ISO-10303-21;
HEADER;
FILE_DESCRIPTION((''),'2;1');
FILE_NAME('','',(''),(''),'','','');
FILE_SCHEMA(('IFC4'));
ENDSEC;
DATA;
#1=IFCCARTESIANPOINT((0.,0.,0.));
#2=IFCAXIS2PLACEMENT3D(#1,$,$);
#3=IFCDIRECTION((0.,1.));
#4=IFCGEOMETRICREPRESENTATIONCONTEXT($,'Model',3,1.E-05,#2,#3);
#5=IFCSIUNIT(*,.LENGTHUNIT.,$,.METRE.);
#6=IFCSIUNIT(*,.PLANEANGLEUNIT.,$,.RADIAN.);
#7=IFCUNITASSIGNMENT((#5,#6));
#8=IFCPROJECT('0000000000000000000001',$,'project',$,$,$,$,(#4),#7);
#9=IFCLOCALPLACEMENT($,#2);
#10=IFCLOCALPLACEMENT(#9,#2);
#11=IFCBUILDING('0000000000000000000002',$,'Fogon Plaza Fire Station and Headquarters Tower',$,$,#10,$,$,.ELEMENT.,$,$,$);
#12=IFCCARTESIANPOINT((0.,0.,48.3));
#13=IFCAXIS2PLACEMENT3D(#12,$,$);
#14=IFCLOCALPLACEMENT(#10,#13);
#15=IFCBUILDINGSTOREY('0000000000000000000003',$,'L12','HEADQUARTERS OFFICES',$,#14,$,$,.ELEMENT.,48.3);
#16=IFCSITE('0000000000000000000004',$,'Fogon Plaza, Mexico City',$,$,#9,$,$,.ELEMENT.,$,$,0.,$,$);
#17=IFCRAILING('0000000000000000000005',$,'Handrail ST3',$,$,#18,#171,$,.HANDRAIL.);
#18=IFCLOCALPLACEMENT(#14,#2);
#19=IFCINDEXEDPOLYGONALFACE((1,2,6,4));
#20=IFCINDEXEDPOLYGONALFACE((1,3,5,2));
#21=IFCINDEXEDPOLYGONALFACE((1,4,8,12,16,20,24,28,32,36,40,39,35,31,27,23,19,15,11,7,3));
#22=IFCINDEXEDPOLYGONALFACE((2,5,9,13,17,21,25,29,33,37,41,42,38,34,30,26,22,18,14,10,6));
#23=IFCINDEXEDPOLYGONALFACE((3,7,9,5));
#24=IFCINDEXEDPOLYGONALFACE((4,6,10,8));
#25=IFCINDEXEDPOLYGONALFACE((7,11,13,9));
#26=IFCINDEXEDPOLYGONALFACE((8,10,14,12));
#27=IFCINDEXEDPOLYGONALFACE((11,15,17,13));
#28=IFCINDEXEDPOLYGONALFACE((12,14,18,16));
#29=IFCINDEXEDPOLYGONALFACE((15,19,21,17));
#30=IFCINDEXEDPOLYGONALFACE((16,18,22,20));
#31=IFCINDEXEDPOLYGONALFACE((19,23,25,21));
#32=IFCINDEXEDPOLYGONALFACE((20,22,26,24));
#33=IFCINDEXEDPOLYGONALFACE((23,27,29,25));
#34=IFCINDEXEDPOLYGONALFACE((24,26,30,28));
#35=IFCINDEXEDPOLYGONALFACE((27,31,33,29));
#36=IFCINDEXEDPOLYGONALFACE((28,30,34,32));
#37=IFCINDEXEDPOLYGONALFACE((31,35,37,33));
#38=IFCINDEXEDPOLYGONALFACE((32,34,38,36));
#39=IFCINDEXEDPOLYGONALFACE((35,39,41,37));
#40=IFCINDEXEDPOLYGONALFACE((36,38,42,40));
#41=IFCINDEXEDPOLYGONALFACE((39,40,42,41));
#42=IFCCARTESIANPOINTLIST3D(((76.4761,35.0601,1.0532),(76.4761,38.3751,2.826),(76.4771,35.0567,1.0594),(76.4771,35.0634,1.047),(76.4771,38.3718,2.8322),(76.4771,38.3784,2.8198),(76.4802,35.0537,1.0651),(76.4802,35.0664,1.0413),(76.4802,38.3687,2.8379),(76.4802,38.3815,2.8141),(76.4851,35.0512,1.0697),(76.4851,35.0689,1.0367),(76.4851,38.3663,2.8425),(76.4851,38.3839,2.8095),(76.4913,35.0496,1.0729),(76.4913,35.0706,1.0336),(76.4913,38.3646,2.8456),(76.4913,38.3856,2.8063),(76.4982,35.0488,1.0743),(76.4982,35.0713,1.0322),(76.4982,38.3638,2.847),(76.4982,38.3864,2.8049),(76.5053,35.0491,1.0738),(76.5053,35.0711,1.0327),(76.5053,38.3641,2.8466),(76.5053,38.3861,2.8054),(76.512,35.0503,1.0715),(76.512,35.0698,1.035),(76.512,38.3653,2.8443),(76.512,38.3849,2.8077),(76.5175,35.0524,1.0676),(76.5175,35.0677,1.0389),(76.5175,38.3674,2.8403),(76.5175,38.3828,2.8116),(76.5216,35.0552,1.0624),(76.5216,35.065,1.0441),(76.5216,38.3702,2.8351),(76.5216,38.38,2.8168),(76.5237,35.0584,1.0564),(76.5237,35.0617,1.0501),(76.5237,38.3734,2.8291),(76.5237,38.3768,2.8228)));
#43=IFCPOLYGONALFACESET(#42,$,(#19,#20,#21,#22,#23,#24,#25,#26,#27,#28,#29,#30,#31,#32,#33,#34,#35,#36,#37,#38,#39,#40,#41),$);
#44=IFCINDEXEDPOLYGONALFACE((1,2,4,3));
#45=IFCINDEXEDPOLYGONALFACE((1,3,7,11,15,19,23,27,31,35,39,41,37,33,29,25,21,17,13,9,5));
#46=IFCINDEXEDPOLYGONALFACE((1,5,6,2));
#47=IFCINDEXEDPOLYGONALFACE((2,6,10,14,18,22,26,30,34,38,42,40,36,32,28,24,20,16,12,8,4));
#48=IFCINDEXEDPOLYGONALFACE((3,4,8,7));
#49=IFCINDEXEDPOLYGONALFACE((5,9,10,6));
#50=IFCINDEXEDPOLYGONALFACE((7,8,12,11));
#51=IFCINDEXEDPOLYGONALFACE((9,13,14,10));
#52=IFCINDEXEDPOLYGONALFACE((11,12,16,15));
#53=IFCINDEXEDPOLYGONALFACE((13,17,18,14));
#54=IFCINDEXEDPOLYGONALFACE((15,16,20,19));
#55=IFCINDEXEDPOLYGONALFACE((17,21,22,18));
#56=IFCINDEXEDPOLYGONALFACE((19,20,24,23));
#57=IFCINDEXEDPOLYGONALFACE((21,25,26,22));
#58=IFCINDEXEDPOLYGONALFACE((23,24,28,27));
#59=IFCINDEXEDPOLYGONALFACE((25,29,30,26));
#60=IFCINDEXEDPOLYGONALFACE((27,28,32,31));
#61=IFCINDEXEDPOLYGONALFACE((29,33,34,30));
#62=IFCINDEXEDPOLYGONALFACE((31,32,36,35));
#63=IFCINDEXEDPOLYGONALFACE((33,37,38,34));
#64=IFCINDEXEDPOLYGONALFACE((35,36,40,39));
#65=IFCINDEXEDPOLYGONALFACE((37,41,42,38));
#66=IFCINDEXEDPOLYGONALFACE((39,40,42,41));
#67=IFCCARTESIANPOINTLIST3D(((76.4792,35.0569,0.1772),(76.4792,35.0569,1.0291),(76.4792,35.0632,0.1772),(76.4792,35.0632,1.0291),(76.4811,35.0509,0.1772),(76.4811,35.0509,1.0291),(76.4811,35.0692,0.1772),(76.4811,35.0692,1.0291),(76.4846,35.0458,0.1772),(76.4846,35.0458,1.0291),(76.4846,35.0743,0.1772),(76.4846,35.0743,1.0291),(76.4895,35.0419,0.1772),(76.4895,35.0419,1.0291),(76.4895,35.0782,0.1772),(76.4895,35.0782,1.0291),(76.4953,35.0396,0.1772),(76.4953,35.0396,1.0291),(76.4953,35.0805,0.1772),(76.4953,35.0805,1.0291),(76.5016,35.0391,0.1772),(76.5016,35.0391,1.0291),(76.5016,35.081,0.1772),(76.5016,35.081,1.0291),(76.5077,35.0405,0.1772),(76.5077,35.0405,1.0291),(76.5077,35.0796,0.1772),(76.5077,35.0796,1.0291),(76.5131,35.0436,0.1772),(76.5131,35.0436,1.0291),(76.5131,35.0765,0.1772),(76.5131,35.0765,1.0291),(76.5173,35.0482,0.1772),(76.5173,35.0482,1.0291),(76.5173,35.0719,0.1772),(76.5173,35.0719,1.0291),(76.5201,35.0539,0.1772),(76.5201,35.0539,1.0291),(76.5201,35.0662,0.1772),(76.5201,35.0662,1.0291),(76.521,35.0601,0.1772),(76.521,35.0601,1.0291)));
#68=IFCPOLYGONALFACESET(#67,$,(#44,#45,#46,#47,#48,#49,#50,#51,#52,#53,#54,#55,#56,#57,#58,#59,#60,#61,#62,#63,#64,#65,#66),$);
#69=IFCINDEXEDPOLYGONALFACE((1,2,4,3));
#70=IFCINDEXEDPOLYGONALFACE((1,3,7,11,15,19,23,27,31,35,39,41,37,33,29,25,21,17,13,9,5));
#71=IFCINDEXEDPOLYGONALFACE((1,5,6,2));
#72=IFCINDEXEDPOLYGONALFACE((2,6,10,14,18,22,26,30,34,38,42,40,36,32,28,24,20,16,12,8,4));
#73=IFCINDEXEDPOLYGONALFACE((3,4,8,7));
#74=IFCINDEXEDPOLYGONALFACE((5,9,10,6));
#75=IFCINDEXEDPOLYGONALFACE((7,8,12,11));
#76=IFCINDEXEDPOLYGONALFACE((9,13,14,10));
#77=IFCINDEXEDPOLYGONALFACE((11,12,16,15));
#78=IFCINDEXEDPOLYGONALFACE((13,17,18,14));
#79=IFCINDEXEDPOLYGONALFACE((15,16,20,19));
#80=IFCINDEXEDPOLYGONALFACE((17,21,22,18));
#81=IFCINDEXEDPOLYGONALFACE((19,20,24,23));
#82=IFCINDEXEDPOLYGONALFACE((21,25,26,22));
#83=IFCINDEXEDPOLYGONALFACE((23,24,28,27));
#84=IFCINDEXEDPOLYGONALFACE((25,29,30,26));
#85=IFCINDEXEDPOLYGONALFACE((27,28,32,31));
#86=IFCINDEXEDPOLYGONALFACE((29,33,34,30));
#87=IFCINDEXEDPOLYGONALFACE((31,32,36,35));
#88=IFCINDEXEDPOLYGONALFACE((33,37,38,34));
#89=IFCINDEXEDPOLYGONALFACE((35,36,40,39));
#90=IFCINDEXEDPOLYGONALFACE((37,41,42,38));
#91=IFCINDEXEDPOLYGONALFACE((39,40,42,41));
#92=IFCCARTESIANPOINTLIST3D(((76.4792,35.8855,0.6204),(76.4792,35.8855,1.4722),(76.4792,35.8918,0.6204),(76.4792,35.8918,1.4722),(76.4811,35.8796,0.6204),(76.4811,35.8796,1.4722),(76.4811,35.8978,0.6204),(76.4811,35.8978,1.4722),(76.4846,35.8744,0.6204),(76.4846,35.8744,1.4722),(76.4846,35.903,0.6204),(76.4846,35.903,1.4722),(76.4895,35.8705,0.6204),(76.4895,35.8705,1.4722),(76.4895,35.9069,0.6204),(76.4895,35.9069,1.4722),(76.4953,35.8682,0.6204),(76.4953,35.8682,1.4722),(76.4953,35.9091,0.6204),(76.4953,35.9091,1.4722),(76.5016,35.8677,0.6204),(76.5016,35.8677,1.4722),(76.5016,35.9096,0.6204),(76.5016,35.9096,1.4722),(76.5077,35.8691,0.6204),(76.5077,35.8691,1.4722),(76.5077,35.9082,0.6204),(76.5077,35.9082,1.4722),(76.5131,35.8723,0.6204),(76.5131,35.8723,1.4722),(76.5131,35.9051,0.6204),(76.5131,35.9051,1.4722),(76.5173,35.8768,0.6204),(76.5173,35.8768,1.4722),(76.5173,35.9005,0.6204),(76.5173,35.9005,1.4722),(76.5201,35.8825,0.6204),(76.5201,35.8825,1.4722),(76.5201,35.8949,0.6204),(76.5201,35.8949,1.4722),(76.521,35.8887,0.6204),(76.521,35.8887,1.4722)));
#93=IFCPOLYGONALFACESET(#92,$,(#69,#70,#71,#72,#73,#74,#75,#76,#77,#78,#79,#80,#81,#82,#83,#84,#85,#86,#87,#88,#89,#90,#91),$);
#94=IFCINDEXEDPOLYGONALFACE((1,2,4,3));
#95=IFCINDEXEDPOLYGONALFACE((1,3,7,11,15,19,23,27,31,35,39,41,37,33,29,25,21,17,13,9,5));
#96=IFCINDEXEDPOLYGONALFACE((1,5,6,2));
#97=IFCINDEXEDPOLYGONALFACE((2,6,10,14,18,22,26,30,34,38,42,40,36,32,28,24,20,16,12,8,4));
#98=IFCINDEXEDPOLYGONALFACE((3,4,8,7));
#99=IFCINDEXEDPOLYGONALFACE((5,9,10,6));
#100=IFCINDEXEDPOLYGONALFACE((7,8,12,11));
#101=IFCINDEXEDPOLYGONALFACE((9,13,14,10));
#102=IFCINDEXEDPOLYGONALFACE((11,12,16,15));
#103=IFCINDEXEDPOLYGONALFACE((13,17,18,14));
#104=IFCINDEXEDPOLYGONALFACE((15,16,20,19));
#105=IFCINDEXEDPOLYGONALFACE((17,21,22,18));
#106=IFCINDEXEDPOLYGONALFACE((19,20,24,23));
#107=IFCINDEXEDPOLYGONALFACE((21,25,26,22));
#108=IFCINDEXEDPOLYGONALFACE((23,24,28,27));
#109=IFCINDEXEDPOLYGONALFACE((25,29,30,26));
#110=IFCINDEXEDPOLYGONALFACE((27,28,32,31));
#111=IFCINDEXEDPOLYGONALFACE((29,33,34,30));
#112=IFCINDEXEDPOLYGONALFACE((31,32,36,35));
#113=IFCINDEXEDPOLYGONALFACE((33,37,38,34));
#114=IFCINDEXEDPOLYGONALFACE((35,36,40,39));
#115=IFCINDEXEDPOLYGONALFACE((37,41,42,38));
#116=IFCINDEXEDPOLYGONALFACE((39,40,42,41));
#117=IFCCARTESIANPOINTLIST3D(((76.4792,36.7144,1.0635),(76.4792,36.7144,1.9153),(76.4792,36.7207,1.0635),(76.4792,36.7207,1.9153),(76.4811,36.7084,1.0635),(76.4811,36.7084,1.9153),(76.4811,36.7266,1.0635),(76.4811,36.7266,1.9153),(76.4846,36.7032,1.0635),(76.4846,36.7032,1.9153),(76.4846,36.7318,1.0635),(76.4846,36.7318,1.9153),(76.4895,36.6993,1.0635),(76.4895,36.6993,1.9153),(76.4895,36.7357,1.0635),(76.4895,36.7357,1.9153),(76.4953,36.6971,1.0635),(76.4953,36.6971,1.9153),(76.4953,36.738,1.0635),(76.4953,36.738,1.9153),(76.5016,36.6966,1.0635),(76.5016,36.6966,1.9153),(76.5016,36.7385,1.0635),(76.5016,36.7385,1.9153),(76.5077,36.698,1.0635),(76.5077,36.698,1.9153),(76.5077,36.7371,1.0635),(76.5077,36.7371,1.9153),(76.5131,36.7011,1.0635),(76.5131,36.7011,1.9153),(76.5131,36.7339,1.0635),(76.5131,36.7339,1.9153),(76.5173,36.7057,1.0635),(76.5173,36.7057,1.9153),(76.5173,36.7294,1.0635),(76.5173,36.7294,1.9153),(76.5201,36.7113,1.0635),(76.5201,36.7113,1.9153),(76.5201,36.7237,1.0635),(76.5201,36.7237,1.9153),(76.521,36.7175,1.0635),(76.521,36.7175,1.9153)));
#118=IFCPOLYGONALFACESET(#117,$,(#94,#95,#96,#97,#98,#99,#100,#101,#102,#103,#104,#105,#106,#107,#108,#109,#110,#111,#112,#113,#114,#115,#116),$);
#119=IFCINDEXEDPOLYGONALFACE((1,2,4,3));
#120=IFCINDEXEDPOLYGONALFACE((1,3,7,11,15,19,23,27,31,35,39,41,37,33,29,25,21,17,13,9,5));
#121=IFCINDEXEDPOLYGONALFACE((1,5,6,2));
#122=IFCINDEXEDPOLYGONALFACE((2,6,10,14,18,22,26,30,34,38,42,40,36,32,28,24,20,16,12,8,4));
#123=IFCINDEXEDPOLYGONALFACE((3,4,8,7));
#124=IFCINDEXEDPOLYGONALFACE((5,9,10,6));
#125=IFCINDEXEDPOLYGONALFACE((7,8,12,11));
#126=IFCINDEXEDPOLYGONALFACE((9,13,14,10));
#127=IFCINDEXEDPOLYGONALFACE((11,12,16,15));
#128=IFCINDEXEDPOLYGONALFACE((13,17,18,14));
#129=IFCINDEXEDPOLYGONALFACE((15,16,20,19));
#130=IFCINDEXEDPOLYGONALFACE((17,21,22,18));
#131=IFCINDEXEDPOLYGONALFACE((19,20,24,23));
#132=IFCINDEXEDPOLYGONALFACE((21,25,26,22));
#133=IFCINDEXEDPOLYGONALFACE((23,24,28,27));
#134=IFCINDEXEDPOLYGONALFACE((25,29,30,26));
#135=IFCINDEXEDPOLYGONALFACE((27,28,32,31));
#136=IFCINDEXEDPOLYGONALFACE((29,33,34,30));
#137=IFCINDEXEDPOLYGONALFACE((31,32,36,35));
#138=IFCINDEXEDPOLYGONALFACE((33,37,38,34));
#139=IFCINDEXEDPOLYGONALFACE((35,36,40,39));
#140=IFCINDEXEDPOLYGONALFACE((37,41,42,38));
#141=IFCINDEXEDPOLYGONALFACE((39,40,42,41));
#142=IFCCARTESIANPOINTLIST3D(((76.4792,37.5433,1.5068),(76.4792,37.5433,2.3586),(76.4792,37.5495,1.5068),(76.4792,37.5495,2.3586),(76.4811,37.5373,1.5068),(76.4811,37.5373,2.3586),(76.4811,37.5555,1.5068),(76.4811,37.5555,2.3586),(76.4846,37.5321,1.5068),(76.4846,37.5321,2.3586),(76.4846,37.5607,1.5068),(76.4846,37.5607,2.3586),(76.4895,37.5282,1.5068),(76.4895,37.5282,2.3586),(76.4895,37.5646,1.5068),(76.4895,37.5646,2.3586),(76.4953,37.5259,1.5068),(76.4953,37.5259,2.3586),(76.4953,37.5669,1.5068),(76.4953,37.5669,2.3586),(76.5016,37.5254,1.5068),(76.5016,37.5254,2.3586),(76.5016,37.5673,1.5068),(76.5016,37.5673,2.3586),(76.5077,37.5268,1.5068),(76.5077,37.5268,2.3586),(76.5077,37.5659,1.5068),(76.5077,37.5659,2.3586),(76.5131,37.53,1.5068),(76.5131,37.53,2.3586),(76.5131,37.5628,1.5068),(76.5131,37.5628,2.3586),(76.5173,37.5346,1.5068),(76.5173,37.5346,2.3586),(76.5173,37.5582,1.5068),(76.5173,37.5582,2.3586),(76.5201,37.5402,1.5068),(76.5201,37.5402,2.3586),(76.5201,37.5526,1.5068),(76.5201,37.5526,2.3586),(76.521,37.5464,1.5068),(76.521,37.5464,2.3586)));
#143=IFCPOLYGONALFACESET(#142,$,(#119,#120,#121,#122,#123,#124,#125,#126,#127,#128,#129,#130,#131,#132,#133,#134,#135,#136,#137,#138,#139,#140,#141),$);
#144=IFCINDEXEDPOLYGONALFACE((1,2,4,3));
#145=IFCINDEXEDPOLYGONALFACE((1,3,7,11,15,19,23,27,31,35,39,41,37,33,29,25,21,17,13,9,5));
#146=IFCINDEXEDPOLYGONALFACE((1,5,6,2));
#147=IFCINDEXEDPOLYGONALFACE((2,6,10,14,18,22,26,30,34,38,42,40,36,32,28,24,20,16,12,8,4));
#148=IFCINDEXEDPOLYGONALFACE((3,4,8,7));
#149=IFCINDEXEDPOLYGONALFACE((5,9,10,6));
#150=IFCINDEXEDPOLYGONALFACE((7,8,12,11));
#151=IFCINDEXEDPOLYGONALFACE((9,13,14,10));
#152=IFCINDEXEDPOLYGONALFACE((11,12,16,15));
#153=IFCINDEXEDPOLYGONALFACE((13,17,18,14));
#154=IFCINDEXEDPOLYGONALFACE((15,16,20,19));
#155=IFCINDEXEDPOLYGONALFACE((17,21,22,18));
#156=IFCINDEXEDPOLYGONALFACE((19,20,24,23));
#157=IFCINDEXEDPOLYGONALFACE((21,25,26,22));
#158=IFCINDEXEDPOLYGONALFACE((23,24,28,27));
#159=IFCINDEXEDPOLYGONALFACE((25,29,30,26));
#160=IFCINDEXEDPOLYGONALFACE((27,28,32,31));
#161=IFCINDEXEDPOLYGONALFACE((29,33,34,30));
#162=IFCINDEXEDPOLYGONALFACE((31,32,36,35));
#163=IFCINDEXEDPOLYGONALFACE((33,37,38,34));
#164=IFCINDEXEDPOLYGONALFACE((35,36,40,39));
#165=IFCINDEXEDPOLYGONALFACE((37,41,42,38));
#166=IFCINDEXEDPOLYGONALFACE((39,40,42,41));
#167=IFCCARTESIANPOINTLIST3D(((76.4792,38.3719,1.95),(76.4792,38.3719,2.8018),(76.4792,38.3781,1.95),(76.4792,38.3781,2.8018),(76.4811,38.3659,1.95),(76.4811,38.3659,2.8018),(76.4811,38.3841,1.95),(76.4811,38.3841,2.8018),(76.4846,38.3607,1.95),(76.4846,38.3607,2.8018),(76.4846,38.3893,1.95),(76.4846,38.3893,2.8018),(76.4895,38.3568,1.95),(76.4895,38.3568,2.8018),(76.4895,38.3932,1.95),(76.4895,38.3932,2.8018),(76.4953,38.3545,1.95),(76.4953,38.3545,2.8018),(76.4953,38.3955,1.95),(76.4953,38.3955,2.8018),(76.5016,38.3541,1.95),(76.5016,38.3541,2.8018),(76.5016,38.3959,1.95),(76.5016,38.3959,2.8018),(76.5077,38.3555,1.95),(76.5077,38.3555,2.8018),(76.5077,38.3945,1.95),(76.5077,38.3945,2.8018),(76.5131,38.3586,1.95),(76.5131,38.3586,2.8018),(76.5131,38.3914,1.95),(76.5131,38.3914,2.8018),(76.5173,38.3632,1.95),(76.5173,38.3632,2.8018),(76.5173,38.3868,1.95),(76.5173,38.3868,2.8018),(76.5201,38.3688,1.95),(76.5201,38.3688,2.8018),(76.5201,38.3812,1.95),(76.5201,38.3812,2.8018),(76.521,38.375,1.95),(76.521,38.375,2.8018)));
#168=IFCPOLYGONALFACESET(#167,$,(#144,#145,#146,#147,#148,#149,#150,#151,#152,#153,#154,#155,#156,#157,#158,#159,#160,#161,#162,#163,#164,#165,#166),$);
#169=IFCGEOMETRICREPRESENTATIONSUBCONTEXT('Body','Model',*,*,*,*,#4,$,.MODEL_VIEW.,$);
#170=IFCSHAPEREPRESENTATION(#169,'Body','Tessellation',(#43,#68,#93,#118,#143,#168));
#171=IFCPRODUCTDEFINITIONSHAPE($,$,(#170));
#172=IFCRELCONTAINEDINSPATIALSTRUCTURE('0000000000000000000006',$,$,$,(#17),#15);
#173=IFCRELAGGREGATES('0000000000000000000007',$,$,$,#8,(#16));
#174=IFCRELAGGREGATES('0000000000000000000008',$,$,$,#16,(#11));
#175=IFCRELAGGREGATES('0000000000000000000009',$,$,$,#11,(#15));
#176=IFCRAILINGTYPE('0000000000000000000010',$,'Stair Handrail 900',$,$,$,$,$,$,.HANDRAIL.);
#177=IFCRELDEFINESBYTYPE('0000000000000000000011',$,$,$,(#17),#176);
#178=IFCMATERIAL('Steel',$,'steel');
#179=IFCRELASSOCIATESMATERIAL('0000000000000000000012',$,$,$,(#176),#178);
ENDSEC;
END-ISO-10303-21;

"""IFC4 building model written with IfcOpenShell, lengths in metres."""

from ifc_helpers import new_model, si_unit, direction, frame, origin, origin_2d, place, context, subcontext, project, spatial, circle, extrude, material, type_object, element, save


model = new_model("IFC4")

# Units and contexts
model_context = context("Model", 3, precision=1e-05, world=origin(), true_north=direction((0.0, 1.0)))
body_context = subcontext(model_context, "Body", "Model", "MODEL_VIEW")
ifc_project = project(units=[si_unit("LENGTHUNIT", "METRE"), si_unit("PLANEANGLEUNIT", "RADIAN")], contexts=[model_context])

# Site, building, storey
site_placement = place(None, origin())
site = spatial("IfcSite", under=ifc_project, at=site_placement, Name="Fogon Plaza, Mexico City", CompositionType="ELEMENT", RefElevation=0.0)
building_placement = place(site_placement, origin())
building = spatial("IfcBuilding", under=site, at=building_placement, Name="Fogon Plaza Fire Station and Headquarters Tower", CompositionType="ELEMENT")
storey_placement = place(building_placement, frame((0.0, 0.0, 48.3)))
storey = spatial("IfcBuildingStorey", under=building, at=storey_placement, Name="L12", Description="HEADQUARTERS OFFICES", CompositionType="ELEMENT", Elevation=48.3)

# Railing
ifc_material_1 = material(Name="Steel", Category="steel")
railing_type = type_object("IfcRailingType", Name="Stair Handrail 900", PredefinedType="HANDRAIL", material=ifc_material_1)
for number, where, name in (
    (1, (76.5, 35.0601, 0.1772), "Handrail ST3"),
):
    element("IfcRailing", number, at=place(storey_placement, frame(where)), inside=storey, type_object=railing_type, Name=name, PredefinedType="HANDRAIL", context=body_context, shape_type="SweptSolid", body=[
        extrude(circle(Radius=0.0239, at=origin_2d()), frame((0.0, 0.0, 0.876), z_axis=(0.0, 0.881829, 0.471569), x_axis=(-1.0, 0.0, 0.0)), (0.0, 0.0, 1.0), 3.7593),
        extrude(circle(Radius=0.021, at=origin_2d()), origin(), (0.0, 0.0, 1.0), 0.8518),
        extrude(circle(Radius=0.021, at=origin_2d()), frame((0.0, 0.8286, 0.4431)), (0.0, 0.0, 1.0), 0.8518),
        extrude(circle(Radius=0.021, at=origin_2d()), frame((0.0, 1.6575, 0.8862)), (0.0, 0.0, 1.0), 0.8518),
        extrude(circle(Radius=0.021, at=origin_2d()), frame((0.0, 2.4863, 1.3296)), (0.0, 0.0, 1.0), 0.8518),
        extrude(circle(Radius=0.021, at=origin_2d()), frame((0.0, 3.3149, 1.7727)), (0.0, 0.0, 1.0), 0.8518),
    ])

save(model, "model.ifc")
